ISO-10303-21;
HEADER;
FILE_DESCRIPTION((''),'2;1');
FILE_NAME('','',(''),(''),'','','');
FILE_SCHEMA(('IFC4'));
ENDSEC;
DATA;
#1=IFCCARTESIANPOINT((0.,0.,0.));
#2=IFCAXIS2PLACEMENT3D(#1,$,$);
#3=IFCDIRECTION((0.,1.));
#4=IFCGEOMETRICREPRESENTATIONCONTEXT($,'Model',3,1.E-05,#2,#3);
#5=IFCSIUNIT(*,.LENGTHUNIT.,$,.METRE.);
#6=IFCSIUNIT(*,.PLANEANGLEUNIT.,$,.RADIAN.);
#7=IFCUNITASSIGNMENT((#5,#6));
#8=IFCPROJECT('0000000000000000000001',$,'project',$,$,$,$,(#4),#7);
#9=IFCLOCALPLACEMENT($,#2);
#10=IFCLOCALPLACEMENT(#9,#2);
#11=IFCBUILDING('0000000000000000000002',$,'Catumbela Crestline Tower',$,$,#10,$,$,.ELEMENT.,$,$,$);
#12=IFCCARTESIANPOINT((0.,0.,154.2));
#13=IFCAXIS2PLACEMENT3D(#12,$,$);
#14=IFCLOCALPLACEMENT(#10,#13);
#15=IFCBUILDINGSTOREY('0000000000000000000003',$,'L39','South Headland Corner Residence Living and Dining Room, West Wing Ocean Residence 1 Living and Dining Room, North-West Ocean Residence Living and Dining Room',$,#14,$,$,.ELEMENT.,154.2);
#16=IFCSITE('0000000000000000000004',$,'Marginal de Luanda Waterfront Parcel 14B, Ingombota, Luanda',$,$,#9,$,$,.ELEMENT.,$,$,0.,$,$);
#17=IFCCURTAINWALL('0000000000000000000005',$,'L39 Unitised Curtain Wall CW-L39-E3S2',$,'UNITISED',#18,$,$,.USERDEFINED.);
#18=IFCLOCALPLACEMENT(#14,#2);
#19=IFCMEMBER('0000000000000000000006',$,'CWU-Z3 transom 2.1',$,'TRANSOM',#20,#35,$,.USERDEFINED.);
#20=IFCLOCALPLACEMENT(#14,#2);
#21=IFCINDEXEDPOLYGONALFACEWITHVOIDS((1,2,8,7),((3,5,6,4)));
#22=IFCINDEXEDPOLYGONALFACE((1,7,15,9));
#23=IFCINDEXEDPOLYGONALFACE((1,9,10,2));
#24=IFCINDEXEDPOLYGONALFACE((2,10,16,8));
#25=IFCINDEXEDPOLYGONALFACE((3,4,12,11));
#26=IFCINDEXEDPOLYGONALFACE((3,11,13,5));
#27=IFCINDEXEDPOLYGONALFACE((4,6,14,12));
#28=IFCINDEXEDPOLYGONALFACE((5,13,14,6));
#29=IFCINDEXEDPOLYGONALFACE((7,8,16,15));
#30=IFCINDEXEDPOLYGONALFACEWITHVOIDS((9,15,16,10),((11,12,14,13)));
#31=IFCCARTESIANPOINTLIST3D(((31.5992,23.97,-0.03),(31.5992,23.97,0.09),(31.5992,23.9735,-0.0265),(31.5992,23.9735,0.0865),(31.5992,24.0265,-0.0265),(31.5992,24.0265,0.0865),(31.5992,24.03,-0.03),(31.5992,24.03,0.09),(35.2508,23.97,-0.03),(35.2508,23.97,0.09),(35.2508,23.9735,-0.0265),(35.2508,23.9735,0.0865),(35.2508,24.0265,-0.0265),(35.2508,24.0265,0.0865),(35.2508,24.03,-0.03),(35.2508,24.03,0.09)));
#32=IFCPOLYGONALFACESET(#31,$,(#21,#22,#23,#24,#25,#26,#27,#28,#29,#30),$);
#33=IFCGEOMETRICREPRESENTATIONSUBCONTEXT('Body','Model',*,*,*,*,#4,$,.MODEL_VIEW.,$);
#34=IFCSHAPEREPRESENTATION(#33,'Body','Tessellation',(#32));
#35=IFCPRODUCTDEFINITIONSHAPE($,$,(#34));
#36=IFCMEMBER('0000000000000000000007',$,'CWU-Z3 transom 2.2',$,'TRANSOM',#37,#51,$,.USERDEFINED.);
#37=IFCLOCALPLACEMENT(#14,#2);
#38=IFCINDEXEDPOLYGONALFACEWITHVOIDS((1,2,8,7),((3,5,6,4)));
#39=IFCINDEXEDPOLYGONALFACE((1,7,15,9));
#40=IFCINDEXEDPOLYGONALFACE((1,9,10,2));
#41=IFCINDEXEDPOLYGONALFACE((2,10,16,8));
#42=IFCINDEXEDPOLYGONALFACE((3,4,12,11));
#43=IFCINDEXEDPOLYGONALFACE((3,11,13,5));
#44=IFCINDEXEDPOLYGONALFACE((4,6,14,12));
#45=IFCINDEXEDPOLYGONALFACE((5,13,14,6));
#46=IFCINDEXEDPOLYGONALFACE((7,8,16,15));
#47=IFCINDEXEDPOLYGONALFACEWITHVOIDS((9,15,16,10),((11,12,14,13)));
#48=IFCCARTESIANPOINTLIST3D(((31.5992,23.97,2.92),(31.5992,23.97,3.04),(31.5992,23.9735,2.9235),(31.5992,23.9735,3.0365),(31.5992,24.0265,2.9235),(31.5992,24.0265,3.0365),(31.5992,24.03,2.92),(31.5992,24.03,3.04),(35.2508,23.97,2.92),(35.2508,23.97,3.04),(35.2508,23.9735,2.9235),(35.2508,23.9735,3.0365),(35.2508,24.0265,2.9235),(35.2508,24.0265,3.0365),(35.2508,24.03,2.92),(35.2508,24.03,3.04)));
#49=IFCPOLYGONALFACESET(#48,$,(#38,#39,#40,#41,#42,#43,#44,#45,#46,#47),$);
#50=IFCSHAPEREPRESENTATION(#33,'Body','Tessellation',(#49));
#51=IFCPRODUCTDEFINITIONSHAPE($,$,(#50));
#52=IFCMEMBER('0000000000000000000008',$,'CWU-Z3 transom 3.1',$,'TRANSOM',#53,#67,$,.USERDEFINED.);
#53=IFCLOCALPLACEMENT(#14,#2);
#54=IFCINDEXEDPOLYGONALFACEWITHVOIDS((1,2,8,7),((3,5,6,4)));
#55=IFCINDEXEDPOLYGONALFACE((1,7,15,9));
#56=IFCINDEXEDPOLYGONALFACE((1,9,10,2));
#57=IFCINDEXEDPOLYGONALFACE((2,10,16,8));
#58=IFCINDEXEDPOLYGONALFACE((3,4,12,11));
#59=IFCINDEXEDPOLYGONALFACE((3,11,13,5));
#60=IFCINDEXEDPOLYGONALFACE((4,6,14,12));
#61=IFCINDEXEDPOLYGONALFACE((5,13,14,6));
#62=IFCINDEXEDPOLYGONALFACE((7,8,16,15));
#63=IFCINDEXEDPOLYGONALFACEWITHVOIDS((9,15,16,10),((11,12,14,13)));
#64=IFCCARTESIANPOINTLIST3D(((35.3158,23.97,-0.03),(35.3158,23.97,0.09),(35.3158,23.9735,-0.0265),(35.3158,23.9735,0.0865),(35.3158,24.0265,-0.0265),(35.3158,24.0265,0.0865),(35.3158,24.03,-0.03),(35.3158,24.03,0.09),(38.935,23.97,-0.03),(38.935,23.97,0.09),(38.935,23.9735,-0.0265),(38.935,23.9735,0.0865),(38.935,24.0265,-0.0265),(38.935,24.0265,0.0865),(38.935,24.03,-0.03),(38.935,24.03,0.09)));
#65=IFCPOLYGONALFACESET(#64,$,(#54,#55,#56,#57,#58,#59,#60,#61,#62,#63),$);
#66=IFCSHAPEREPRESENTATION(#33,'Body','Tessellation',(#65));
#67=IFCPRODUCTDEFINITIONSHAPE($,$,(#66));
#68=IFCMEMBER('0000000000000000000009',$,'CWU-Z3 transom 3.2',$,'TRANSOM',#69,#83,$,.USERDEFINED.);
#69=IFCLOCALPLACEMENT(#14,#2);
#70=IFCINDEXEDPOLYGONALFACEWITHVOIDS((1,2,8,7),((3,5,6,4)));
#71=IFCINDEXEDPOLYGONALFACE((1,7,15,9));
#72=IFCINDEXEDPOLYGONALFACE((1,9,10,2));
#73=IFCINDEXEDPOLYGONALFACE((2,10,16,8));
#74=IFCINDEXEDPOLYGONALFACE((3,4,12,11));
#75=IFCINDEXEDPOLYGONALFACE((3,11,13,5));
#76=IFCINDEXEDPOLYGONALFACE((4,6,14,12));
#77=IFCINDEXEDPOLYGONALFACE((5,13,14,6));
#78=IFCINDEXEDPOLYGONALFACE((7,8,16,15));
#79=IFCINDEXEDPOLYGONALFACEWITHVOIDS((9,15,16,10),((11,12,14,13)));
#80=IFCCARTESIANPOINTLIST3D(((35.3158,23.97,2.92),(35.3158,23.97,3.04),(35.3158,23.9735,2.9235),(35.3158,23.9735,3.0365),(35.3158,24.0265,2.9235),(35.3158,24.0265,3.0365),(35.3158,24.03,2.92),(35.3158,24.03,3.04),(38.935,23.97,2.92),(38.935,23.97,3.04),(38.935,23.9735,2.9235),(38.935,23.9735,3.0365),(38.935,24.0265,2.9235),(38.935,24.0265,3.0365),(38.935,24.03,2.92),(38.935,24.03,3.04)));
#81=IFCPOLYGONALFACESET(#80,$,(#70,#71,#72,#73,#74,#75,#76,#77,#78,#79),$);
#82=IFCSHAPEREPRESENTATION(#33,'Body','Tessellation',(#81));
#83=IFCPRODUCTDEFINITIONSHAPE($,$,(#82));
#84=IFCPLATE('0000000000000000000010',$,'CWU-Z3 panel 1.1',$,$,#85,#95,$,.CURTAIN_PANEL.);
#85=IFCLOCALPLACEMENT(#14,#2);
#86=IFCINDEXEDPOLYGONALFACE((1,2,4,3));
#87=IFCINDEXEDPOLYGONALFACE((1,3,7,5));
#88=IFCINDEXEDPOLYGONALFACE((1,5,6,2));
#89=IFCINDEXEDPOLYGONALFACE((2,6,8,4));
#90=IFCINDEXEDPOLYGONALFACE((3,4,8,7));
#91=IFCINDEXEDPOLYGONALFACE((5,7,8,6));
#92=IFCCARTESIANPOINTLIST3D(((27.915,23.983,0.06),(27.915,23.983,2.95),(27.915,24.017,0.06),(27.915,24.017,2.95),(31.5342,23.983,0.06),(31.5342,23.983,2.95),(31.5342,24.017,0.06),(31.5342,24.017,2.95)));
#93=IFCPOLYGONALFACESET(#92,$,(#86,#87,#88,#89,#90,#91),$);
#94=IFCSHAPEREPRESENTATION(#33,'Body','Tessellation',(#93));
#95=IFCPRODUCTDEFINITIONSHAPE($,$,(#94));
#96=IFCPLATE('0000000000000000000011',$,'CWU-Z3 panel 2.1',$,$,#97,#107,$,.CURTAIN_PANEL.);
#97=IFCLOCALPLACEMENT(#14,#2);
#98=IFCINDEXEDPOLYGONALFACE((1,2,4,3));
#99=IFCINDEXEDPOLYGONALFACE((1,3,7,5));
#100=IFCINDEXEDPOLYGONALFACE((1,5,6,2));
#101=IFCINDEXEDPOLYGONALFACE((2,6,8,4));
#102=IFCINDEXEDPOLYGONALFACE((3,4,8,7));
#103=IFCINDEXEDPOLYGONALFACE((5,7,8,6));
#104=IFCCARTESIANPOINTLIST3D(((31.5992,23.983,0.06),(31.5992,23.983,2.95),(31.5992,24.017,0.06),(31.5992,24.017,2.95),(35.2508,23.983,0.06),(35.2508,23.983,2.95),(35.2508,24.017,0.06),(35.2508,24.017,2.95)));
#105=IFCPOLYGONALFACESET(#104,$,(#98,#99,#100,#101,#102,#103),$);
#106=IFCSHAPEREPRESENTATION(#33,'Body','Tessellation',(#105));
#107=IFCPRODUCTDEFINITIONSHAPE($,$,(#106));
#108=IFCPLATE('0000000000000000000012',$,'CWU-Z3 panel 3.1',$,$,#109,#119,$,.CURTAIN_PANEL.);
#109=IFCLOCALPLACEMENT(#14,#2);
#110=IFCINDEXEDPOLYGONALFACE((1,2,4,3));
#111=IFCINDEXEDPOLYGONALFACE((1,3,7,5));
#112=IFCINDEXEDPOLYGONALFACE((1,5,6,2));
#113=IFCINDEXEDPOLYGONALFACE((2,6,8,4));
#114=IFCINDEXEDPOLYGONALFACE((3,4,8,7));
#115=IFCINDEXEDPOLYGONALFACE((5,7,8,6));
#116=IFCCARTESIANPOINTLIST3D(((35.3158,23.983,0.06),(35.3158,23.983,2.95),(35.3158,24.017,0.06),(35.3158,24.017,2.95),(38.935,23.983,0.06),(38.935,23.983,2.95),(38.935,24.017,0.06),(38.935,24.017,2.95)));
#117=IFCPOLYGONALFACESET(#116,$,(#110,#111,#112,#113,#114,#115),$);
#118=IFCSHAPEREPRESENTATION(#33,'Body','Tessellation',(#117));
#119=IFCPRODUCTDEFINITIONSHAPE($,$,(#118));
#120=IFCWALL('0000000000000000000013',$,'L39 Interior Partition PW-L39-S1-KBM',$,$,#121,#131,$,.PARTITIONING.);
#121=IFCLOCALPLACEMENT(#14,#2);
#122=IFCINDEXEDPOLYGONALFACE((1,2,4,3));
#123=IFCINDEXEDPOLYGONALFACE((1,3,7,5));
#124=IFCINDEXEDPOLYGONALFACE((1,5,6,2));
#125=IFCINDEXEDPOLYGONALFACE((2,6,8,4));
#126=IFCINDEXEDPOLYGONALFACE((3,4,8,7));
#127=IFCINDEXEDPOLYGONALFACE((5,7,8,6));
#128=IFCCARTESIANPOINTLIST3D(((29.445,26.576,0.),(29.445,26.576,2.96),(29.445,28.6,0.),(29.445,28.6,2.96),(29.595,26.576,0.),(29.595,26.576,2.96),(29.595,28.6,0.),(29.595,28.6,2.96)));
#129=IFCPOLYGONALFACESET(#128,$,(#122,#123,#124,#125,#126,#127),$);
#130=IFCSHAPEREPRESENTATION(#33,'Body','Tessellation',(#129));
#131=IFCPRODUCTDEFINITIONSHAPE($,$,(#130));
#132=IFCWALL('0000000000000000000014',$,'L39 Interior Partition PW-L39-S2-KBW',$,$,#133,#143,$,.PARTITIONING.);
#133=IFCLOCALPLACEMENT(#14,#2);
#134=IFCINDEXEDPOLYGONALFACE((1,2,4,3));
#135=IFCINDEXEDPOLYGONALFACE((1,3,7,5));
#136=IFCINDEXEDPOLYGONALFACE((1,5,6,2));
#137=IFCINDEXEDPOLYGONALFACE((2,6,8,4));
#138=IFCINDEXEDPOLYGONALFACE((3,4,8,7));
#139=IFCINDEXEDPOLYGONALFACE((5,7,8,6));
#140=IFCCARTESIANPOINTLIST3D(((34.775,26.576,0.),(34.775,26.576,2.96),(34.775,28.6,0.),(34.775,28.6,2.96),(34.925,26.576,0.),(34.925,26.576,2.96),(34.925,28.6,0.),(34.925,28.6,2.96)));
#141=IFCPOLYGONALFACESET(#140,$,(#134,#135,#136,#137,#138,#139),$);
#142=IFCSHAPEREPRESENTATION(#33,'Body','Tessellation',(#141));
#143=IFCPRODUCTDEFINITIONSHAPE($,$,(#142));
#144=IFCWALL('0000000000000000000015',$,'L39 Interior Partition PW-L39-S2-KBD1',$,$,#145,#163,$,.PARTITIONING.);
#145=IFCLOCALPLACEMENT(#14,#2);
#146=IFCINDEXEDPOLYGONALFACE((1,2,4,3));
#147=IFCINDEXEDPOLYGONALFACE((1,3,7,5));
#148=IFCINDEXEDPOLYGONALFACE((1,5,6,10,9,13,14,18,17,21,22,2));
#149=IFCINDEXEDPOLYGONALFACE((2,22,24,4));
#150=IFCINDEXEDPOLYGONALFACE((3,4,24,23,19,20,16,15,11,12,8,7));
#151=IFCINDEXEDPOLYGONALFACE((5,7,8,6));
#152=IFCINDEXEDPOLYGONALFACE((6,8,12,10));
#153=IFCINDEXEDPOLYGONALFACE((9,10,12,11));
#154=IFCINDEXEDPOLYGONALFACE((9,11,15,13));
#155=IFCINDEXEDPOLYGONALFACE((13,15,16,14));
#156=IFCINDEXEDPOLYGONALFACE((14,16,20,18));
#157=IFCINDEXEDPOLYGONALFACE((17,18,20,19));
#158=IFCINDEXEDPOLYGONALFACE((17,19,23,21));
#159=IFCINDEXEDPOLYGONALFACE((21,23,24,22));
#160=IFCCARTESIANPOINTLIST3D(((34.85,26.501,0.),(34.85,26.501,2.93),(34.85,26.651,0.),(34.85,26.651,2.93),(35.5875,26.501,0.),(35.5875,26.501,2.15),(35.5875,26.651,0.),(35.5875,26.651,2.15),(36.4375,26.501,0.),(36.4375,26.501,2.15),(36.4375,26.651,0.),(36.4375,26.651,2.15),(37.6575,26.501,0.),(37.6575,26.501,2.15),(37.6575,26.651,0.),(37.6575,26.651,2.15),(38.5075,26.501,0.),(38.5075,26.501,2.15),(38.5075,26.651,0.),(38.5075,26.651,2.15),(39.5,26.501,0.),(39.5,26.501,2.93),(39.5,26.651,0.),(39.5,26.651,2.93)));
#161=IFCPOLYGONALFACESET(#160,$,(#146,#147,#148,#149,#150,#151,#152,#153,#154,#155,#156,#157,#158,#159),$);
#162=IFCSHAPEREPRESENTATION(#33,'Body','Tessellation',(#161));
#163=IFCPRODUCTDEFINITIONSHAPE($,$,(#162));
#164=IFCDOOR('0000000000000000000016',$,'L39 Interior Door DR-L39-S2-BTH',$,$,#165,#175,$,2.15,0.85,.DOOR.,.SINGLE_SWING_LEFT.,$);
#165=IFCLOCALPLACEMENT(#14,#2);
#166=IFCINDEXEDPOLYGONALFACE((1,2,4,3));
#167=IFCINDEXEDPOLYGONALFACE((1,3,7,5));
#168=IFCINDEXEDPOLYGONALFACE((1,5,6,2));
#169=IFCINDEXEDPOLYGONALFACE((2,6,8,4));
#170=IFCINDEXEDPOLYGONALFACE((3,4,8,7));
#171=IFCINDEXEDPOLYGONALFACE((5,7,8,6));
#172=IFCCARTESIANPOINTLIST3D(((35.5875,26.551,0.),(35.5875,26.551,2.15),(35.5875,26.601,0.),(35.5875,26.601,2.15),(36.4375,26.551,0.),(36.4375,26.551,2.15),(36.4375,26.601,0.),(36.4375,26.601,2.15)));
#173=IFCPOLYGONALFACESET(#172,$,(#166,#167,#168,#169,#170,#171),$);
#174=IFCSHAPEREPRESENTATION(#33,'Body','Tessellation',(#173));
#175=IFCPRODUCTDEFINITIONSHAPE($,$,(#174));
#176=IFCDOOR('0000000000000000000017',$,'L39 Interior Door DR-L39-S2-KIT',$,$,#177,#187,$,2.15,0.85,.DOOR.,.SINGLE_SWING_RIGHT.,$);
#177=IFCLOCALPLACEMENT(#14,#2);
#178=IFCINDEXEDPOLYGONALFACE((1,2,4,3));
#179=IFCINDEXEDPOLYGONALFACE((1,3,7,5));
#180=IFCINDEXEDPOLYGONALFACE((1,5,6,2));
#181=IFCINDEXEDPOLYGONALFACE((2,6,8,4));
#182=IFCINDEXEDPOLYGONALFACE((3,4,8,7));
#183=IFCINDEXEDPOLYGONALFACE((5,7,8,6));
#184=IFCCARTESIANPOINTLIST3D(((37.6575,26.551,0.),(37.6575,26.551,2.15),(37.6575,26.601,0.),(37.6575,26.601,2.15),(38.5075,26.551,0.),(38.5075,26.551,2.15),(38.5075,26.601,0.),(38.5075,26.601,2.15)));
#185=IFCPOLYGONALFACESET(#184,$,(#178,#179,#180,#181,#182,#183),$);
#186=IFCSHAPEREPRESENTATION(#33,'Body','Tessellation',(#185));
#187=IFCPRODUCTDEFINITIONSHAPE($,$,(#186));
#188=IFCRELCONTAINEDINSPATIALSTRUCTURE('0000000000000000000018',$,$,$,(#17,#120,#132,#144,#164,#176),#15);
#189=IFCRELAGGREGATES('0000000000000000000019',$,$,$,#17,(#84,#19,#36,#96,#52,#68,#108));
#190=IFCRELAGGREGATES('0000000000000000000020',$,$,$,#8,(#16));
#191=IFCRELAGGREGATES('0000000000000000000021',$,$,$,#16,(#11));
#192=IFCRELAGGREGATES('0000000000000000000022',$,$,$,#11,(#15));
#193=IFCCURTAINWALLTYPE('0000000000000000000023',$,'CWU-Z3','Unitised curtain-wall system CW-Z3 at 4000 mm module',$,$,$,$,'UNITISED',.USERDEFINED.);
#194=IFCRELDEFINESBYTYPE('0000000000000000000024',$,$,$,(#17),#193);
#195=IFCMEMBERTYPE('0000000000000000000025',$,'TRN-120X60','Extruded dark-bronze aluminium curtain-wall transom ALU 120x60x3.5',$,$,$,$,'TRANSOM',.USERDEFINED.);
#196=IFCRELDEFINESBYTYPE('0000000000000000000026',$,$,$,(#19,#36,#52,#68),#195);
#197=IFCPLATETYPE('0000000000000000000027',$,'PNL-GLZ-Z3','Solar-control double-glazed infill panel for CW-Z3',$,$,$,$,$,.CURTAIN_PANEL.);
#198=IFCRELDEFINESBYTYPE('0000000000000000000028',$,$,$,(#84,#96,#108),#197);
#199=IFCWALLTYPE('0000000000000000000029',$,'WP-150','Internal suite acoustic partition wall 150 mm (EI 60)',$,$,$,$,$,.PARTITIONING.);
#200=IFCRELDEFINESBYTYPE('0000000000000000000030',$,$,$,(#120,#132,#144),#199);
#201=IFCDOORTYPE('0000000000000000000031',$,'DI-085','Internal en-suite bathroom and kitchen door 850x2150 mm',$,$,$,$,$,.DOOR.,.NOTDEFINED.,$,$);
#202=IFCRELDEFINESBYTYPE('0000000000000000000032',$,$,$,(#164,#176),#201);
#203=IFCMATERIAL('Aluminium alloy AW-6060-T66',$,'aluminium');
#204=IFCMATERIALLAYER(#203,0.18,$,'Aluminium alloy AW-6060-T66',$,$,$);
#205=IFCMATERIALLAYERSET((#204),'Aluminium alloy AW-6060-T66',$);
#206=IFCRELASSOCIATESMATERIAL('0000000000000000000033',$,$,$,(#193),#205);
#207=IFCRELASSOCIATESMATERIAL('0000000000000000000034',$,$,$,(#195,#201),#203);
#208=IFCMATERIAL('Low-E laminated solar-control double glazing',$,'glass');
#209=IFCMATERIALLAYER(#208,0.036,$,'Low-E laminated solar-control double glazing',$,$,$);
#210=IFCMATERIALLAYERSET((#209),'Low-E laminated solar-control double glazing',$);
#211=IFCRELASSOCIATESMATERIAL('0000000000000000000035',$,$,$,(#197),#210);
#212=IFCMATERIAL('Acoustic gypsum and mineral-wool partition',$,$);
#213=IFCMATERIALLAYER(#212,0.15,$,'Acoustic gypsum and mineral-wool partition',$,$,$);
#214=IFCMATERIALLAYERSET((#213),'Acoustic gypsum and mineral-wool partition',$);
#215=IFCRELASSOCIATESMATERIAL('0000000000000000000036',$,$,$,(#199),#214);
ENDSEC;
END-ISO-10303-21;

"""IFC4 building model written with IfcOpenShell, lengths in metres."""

from ifc_helpers import new_model, si_unit, direction, frame, frame_2d, origin, origin_2d, place, context, subcontext, project, spatial, rectangle, hollow_rectangle, extrude, material, layer, layer_set, material_profile, profile_set, type_object, element, fill, aggregate, save


model = new_model("IFC4")

# Units and contexts
model_context = context("Model", 3, precision=1e-05, world=origin(), true_north=direction((0.0, 1.0)))
body_context = subcontext(model_context, "Body", "Model", "MODEL_VIEW")
ifc_project = project(units=[si_unit("LENGTHUNIT", "METRE"), si_unit("PLANEANGLEUNIT", "RADIAN")], contexts=[model_context])

# Site, building, storey
site_placement = place(None, origin())
site = spatial("IfcSite", under=ifc_project, at=site_placement, Name="Marginal de Luanda Waterfront Parcel 14B, Ingombota, Luanda", CompositionType="ELEMENT", RefElevation=0.0)
building_placement = place(site_placement, origin())
building = spatial("IfcBuilding", under=site, at=building_placement, Name="Catumbela Crestline Tower", CompositionType="ELEMENT")
storey_placement = place(building_placement, frame((0.0, 0.0, 154.2)))
storey = spatial("IfcBuildingStorey", under=building, at=storey_placement, Name="L39", Description="South Headland Corner Residence Living and Dining Room, West Wing Ocean Residence 1 Living and Dining Room, North-West Ocean Residence Living and Dining Room", CompositionType="ELEMENT", Elevation=154.2)

# Curtain wall
ifc_material_1 = material(Name="Aluminium alloy AW-6060-T66", Category="aluminium")
ifc_layer_1 = layer(ifc_material_1, 0.18, Name="Aluminium alloy AW-6060-T66")
ifc_layer_set_1 = layer_set([ifc_layer_1], Name="Aluminium alloy AW-6060-T66")
curtain_wall_type = type_object("IfcCurtainWallType", Name="CWU-Z3", Description="Unitised curtain-wall system CW-Z3 at 4000 mm module", ElementType="UNITISED", PredefinedType="USERDEFINED", material=ifc_layer_set_1)
curtain_wall_placement = place(storey_placement, origin())
curtain_wall = element("IfcCurtainWall", 1, at=curtain_wall_placement, inside=storey, type_object=curtain_wall_type, Name="L39 Unitised Curtain Wall CW-L39-E3S2", ObjectType="UNITISED", PredefinedType="USERDEFINED")

# Members
ifc_material_profile_1 = material_profile(ifc_material_1, hollow_rectangle(XDim=0.06, YDim=0.12, WallThickness=0.0035, at=origin_2d()), Name="ALU 120x60x3.5")
ifc_profile_set_1 = profile_set([ifc_material_profile_1], Name="Aluminium alloy AW-6060-T66")
member_type_1 = type_object("IfcMemberType", Name="TRN-120X60", Description="Extruded dark-bronze aluminium curtain-wall transom ALU 120x60x3.5", ElementType="TRANSOM", PredefinedType="USERDEFINED", material=ifc_profile_set_1)
member_1_placement = place(storey_placement, frame((31.5992, 24.0, 0.03), z_axis=(1.0, 0.0, 0.0), x_axis=(0.0, 1.0, 0.0)))
member_1 = element("IfcMember", 2, at=member_1_placement, type_object=member_type_1, Name="CWU-Z3 transom 2.1", ObjectType="TRANSOM", PredefinedType="USERDEFINED", context=body_context, shape_type="SweptSolid", body=[
    extrude(hollow_rectangle(XDim=0.06, YDim=0.12, WallThickness=0.0035, at=origin_2d()), origin(), (0.0, 0.0, 1.0), 3.6516),
])
member_2_placement = place(storey_placement, frame((31.5992, 24.0, 2.98), z_axis=(1.0, 0.0, 0.0), x_axis=(0.0, 1.0, 0.0)))
member_2 = element("IfcMember", 3, at=member_2_placement, type_object=member_type_1, Name="CWU-Z3 transom 2.2", ObjectType="TRANSOM", PredefinedType="USERDEFINED", context=body_context, shape_type="SweptSolid", body=[
    extrude(hollow_rectangle(XDim=0.06, YDim=0.12, WallThickness=0.0035, at=origin_2d()), origin(), (0.0, 0.0, 1.0), 3.6516),
])
member_3_placement = place(storey_placement, frame((35.3158, 24.0, 0.03), z_axis=(1.0, 0.0, 0.0), x_axis=(0.0, 1.0, 0.0)))
member_3 = element("IfcMember", 4, at=member_3_placement, type_object=member_type_1, Name="CWU-Z3 transom 3.1", ObjectType="TRANSOM", PredefinedType="USERDEFINED", context=body_context, shape_type="SweptSolid", body=[
    extrude(hollow_rectangle(XDim=0.06, YDim=0.12, WallThickness=0.0035, at=origin_2d()), origin(), (0.0, 0.0, 1.0), 3.6192),
])
member_4_placement = place(storey_placement, frame((35.3158, 24.0, 2.98), z_axis=(1.0, 0.0, 0.0), x_axis=(0.0, 1.0, 0.0)))
member_4 = element("IfcMember", 5, at=member_4_placement, type_object=member_type_1, Name="CWU-Z3 transom 3.2", ObjectType="TRANSOM", PredefinedType="USERDEFINED", context=body_context, shape_type="SweptSolid", body=[
    extrude(hollow_rectangle(XDim=0.06, YDim=0.12, WallThickness=0.0035, at=origin_2d()), origin(), (0.0, 0.0, 1.0), 3.6192),
])

# Plates
ifc_material_2 = material(Name="Low-E laminated solar-control double glazing", Category="glass")
ifc_layer_2 = layer(ifc_material_2, 0.036, Name="Low-E laminated solar-control double glazing")
ifc_layer_set_2 = layer_set([ifc_layer_2], Name="Low-E laminated solar-control double glazing")
plate_type = type_object("IfcPlateType", Name="PNL-GLZ-Z3", Description="Solar-control double-glazed infill panel for CW-Z3", PredefinedType="CURTAIN_PANEL", material=ifc_layer_set_2)
plate_1_placement = place(storey_placement, frame((29.7246, 24.0, 0.06), z_axis=(0.0, 0.0, 1.0), x_axis=(1.0, 0.0, 0.0)))
plate_1 = element("IfcPlate", 6, at=plate_1_placement, type_object=plate_type, Name="CWU-Z3 panel 1.1", PredefinedType="CURTAIN_PANEL", context=body_context, shape_type="SweptSolid", body=[
    extrude(rectangle(XDim=3.6192, YDim=0.034, at=origin_2d()), origin(), (0.0, 0.0, 1.0), 2.89),
])
plate_2_placement = place(storey_placement, frame((33.425, 24.0, 0.06), z_axis=(0.0, 0.0, 1.0), x_axis=(1.0, 0.0, 0.0)))
plate_2 = element("IfcPlate", 7, at=plate_2_placement, type_object=plate_type, Name="CWU-Z3 panel 2.1", PredefinedType="CURTAIN_PANEL", context=body_context, shape_type="SweptSolid", body=[
    extrude(rectangle(XDim=3.6517, YDim=0.034, at=origin_2d()), origin(), (0.0, 0.0, 1.0), 2.89),
])
plate_3_placement = place(storey_placement, frame((37.1254, 24.0, 0.06), z_axis=(0.0, 0.0, 1.0), x_axis=(1.0, 0.0, 0.0)))
plate_3 = element("IfcPlate", 8, at=plate_3_placement, type_object=plate_type, Name="CWU-Z3 panel 3.1", PredefinedType="CURTAIN_PANEL", context=body_context, shape_type="SweptSolid", body=[
    extrude(rectangle(XDim=3.6192, YDim=0.034, at=origin_2d()), origin(), (0.0, 0.0, 1.0), 2.89),
])
aggregate(curtain_wall, [plate_1, member_1, member_2, plate_2, member_3, member_4, plate_3])

# Walls
ifc_material_3 = material(Name="Acoustic gypsum and mineral-wool partition")
ifc_layer_3 = layer(ifc_material_3, 0.15, Name="Acoustic gypsum and mineral-wool partition")
ifc_layer_set_3 = layer_set([ifc_layer_3], Name="Acoustic gypsum and mineral-wool partition")
wall_type_1 = type_object("IfcWallType", Name="WP-150", Description="Internal suite acoustic partition wall 150 mm (EI 60)", PredefinedType="PARTITIONING", material=ifc_layer_set_3)
for number, where, z_axis, x_axis, name in (
    (9, (29.52, 26.576, 0.0), (0.0, 0.0, 1.0), (0.0, 1.0, 0.0), "L39 Interior Partition PW-L39-S1-KBM"),
    (10, (34.85, 26.576, 0.0), (0.0, 0.0, 1.0), (0.0, 1.0, 0.0), "L39 Interior Partition PW-L39-S2-KBW"),
):
    element("IfcWall", number, at=place(storey_placement, frame(where, z_axis=z_axis, x_axis=x_axis)), inside=storey, type_object=wall_type_1, Name=name, PredefinedType="PARTITIONING", context=body_context, shape_type="SweptSolid", body=[
        extrude(rectangle(XDim=2.024, YDim=0.15, at=frame_2d((1.012, 0.0))), origin(), (0.0, 0.0, 1.0), 2.96),
    ])

# Wall, openings, doors
wall_1_placement = place(storey_placement, frame((34.85, 26.576, 0.0), z_axis=(0.0, 0.0, 1.0), x_axis=(1.0, 0.0, 0.0)))
wall_1 = element("IfcWall", 11, at=wall_1_placement, inside=storey, type_object=wall_type_1, Name="L39 Interior Partition PW-L39-S2-KBD1", PredefinedType="PARTITIONING", context=body_context, shape_type="SweptSolid", body=[
    extrude(rectangle(XDim=4.65, YDim=0.15, at=frame_2d((2.325, 0.0))), origin(), (0.0, 0.0, 1.0), 2.93),
])
opening_1_placement = place(wall_1_placement, frame((0.7375, 0.0, 0.0)))
opening_1 = element("IfcOpeningElement", 12, at=opening_1_placement, cuts=wall_1, PredefinedType="OPENING", context=body_context, shape_type="SweptSolid", body=[
    extrude(rectangle(XDim=0.85, YDim=2.15, at=frame_2d((0.425, 1.075))), frame((0.0, 0.085, 0.0), z_axis=(0.0, -1.0, 0.0), x_axis=(1.0, 0.0, 0.0)), (0.0, 0.0, 1.0), 0.17),
])
opening_2_placement = place(wall_1_placement, frame((2.8075, 0.0, 0.0)))
opening_2 = element("IfcOpeningElement", 13, at=opening_2_placement, cuts=wall_1, PredefinedType="OPENING", context=body_context, shape_type="SweptSolid", body=[
    extrude(rectangle(XDim=0.85, YDim=2.15, at=frame_2d((0.425, 1.075))), frame((0.0, 0.085, 0.0), z_axis=(0.0, -1.0, 0.0), x_axis=(1.0, 0.0, 0.0)), (0.0, 0.0, 1.0), 0.17),
])
door_type = type_object("IfcDoorType", Name="DI-085", Description="Internal en-suite bathroom and kitchen door 850x2150 mm", OperationType="NOTDEFINED", PredefinedType="DOOR", material=ifc_material_1)
door_1_placement = place(opening_1_placement, origin())
door_1 = element("IfcDoor", 14, at=door_1_placement, inside=storey, type_object=door_type, Name="L39 Interior Door DR-L39-S2-BTH", OperationType="SINGLE_SWING_LEFT", OverallHeight=2.15, OverallWidth=0.85, PredefinedType="DOOR", context=body_context, shape_type="SweptSolid", body=[
    extrude(rectangle(XDim=0.85, YDim=2.15, at=frame_2d((0.425, 1.075))), frame((0.0, 0.025, 0.0), z_axis=(0.0, -1.0, 0.0), x_axis=(1.0, 0.0, 0.0)), (0.0, 0.0, 1.0), 0.05),
])
fill(opening_1, door_1)
door_2_placement = place(opening_2_placement, origin())
door_2 = element("IfcDoor", 15, at=door_2_placement, inside=storey, type_object=door_type, Name="L39 Interior Door DR-L39-S2-KIT", OperationType="SINGLE_SWING_RIGHT", OverallHeight=2.15, OverallWidth=0.85, PredefinedType="DOOR", context=body_context, shape_type="SweptSolid", body=[
    extrude(rectangle(XDim=0.85, YDim=2.15, at=frame_2d((0.425, 1.075))), frame((0.0, 0.025, 0.0), z_axis=(0.0, -1.0, 0.0), x_axis=(1.0, 0.0, 0.0)), (0.0, 0.0, 1.0), 0.05),
])
fill(opening_2, door_2)

save(model, "model.ifc")
